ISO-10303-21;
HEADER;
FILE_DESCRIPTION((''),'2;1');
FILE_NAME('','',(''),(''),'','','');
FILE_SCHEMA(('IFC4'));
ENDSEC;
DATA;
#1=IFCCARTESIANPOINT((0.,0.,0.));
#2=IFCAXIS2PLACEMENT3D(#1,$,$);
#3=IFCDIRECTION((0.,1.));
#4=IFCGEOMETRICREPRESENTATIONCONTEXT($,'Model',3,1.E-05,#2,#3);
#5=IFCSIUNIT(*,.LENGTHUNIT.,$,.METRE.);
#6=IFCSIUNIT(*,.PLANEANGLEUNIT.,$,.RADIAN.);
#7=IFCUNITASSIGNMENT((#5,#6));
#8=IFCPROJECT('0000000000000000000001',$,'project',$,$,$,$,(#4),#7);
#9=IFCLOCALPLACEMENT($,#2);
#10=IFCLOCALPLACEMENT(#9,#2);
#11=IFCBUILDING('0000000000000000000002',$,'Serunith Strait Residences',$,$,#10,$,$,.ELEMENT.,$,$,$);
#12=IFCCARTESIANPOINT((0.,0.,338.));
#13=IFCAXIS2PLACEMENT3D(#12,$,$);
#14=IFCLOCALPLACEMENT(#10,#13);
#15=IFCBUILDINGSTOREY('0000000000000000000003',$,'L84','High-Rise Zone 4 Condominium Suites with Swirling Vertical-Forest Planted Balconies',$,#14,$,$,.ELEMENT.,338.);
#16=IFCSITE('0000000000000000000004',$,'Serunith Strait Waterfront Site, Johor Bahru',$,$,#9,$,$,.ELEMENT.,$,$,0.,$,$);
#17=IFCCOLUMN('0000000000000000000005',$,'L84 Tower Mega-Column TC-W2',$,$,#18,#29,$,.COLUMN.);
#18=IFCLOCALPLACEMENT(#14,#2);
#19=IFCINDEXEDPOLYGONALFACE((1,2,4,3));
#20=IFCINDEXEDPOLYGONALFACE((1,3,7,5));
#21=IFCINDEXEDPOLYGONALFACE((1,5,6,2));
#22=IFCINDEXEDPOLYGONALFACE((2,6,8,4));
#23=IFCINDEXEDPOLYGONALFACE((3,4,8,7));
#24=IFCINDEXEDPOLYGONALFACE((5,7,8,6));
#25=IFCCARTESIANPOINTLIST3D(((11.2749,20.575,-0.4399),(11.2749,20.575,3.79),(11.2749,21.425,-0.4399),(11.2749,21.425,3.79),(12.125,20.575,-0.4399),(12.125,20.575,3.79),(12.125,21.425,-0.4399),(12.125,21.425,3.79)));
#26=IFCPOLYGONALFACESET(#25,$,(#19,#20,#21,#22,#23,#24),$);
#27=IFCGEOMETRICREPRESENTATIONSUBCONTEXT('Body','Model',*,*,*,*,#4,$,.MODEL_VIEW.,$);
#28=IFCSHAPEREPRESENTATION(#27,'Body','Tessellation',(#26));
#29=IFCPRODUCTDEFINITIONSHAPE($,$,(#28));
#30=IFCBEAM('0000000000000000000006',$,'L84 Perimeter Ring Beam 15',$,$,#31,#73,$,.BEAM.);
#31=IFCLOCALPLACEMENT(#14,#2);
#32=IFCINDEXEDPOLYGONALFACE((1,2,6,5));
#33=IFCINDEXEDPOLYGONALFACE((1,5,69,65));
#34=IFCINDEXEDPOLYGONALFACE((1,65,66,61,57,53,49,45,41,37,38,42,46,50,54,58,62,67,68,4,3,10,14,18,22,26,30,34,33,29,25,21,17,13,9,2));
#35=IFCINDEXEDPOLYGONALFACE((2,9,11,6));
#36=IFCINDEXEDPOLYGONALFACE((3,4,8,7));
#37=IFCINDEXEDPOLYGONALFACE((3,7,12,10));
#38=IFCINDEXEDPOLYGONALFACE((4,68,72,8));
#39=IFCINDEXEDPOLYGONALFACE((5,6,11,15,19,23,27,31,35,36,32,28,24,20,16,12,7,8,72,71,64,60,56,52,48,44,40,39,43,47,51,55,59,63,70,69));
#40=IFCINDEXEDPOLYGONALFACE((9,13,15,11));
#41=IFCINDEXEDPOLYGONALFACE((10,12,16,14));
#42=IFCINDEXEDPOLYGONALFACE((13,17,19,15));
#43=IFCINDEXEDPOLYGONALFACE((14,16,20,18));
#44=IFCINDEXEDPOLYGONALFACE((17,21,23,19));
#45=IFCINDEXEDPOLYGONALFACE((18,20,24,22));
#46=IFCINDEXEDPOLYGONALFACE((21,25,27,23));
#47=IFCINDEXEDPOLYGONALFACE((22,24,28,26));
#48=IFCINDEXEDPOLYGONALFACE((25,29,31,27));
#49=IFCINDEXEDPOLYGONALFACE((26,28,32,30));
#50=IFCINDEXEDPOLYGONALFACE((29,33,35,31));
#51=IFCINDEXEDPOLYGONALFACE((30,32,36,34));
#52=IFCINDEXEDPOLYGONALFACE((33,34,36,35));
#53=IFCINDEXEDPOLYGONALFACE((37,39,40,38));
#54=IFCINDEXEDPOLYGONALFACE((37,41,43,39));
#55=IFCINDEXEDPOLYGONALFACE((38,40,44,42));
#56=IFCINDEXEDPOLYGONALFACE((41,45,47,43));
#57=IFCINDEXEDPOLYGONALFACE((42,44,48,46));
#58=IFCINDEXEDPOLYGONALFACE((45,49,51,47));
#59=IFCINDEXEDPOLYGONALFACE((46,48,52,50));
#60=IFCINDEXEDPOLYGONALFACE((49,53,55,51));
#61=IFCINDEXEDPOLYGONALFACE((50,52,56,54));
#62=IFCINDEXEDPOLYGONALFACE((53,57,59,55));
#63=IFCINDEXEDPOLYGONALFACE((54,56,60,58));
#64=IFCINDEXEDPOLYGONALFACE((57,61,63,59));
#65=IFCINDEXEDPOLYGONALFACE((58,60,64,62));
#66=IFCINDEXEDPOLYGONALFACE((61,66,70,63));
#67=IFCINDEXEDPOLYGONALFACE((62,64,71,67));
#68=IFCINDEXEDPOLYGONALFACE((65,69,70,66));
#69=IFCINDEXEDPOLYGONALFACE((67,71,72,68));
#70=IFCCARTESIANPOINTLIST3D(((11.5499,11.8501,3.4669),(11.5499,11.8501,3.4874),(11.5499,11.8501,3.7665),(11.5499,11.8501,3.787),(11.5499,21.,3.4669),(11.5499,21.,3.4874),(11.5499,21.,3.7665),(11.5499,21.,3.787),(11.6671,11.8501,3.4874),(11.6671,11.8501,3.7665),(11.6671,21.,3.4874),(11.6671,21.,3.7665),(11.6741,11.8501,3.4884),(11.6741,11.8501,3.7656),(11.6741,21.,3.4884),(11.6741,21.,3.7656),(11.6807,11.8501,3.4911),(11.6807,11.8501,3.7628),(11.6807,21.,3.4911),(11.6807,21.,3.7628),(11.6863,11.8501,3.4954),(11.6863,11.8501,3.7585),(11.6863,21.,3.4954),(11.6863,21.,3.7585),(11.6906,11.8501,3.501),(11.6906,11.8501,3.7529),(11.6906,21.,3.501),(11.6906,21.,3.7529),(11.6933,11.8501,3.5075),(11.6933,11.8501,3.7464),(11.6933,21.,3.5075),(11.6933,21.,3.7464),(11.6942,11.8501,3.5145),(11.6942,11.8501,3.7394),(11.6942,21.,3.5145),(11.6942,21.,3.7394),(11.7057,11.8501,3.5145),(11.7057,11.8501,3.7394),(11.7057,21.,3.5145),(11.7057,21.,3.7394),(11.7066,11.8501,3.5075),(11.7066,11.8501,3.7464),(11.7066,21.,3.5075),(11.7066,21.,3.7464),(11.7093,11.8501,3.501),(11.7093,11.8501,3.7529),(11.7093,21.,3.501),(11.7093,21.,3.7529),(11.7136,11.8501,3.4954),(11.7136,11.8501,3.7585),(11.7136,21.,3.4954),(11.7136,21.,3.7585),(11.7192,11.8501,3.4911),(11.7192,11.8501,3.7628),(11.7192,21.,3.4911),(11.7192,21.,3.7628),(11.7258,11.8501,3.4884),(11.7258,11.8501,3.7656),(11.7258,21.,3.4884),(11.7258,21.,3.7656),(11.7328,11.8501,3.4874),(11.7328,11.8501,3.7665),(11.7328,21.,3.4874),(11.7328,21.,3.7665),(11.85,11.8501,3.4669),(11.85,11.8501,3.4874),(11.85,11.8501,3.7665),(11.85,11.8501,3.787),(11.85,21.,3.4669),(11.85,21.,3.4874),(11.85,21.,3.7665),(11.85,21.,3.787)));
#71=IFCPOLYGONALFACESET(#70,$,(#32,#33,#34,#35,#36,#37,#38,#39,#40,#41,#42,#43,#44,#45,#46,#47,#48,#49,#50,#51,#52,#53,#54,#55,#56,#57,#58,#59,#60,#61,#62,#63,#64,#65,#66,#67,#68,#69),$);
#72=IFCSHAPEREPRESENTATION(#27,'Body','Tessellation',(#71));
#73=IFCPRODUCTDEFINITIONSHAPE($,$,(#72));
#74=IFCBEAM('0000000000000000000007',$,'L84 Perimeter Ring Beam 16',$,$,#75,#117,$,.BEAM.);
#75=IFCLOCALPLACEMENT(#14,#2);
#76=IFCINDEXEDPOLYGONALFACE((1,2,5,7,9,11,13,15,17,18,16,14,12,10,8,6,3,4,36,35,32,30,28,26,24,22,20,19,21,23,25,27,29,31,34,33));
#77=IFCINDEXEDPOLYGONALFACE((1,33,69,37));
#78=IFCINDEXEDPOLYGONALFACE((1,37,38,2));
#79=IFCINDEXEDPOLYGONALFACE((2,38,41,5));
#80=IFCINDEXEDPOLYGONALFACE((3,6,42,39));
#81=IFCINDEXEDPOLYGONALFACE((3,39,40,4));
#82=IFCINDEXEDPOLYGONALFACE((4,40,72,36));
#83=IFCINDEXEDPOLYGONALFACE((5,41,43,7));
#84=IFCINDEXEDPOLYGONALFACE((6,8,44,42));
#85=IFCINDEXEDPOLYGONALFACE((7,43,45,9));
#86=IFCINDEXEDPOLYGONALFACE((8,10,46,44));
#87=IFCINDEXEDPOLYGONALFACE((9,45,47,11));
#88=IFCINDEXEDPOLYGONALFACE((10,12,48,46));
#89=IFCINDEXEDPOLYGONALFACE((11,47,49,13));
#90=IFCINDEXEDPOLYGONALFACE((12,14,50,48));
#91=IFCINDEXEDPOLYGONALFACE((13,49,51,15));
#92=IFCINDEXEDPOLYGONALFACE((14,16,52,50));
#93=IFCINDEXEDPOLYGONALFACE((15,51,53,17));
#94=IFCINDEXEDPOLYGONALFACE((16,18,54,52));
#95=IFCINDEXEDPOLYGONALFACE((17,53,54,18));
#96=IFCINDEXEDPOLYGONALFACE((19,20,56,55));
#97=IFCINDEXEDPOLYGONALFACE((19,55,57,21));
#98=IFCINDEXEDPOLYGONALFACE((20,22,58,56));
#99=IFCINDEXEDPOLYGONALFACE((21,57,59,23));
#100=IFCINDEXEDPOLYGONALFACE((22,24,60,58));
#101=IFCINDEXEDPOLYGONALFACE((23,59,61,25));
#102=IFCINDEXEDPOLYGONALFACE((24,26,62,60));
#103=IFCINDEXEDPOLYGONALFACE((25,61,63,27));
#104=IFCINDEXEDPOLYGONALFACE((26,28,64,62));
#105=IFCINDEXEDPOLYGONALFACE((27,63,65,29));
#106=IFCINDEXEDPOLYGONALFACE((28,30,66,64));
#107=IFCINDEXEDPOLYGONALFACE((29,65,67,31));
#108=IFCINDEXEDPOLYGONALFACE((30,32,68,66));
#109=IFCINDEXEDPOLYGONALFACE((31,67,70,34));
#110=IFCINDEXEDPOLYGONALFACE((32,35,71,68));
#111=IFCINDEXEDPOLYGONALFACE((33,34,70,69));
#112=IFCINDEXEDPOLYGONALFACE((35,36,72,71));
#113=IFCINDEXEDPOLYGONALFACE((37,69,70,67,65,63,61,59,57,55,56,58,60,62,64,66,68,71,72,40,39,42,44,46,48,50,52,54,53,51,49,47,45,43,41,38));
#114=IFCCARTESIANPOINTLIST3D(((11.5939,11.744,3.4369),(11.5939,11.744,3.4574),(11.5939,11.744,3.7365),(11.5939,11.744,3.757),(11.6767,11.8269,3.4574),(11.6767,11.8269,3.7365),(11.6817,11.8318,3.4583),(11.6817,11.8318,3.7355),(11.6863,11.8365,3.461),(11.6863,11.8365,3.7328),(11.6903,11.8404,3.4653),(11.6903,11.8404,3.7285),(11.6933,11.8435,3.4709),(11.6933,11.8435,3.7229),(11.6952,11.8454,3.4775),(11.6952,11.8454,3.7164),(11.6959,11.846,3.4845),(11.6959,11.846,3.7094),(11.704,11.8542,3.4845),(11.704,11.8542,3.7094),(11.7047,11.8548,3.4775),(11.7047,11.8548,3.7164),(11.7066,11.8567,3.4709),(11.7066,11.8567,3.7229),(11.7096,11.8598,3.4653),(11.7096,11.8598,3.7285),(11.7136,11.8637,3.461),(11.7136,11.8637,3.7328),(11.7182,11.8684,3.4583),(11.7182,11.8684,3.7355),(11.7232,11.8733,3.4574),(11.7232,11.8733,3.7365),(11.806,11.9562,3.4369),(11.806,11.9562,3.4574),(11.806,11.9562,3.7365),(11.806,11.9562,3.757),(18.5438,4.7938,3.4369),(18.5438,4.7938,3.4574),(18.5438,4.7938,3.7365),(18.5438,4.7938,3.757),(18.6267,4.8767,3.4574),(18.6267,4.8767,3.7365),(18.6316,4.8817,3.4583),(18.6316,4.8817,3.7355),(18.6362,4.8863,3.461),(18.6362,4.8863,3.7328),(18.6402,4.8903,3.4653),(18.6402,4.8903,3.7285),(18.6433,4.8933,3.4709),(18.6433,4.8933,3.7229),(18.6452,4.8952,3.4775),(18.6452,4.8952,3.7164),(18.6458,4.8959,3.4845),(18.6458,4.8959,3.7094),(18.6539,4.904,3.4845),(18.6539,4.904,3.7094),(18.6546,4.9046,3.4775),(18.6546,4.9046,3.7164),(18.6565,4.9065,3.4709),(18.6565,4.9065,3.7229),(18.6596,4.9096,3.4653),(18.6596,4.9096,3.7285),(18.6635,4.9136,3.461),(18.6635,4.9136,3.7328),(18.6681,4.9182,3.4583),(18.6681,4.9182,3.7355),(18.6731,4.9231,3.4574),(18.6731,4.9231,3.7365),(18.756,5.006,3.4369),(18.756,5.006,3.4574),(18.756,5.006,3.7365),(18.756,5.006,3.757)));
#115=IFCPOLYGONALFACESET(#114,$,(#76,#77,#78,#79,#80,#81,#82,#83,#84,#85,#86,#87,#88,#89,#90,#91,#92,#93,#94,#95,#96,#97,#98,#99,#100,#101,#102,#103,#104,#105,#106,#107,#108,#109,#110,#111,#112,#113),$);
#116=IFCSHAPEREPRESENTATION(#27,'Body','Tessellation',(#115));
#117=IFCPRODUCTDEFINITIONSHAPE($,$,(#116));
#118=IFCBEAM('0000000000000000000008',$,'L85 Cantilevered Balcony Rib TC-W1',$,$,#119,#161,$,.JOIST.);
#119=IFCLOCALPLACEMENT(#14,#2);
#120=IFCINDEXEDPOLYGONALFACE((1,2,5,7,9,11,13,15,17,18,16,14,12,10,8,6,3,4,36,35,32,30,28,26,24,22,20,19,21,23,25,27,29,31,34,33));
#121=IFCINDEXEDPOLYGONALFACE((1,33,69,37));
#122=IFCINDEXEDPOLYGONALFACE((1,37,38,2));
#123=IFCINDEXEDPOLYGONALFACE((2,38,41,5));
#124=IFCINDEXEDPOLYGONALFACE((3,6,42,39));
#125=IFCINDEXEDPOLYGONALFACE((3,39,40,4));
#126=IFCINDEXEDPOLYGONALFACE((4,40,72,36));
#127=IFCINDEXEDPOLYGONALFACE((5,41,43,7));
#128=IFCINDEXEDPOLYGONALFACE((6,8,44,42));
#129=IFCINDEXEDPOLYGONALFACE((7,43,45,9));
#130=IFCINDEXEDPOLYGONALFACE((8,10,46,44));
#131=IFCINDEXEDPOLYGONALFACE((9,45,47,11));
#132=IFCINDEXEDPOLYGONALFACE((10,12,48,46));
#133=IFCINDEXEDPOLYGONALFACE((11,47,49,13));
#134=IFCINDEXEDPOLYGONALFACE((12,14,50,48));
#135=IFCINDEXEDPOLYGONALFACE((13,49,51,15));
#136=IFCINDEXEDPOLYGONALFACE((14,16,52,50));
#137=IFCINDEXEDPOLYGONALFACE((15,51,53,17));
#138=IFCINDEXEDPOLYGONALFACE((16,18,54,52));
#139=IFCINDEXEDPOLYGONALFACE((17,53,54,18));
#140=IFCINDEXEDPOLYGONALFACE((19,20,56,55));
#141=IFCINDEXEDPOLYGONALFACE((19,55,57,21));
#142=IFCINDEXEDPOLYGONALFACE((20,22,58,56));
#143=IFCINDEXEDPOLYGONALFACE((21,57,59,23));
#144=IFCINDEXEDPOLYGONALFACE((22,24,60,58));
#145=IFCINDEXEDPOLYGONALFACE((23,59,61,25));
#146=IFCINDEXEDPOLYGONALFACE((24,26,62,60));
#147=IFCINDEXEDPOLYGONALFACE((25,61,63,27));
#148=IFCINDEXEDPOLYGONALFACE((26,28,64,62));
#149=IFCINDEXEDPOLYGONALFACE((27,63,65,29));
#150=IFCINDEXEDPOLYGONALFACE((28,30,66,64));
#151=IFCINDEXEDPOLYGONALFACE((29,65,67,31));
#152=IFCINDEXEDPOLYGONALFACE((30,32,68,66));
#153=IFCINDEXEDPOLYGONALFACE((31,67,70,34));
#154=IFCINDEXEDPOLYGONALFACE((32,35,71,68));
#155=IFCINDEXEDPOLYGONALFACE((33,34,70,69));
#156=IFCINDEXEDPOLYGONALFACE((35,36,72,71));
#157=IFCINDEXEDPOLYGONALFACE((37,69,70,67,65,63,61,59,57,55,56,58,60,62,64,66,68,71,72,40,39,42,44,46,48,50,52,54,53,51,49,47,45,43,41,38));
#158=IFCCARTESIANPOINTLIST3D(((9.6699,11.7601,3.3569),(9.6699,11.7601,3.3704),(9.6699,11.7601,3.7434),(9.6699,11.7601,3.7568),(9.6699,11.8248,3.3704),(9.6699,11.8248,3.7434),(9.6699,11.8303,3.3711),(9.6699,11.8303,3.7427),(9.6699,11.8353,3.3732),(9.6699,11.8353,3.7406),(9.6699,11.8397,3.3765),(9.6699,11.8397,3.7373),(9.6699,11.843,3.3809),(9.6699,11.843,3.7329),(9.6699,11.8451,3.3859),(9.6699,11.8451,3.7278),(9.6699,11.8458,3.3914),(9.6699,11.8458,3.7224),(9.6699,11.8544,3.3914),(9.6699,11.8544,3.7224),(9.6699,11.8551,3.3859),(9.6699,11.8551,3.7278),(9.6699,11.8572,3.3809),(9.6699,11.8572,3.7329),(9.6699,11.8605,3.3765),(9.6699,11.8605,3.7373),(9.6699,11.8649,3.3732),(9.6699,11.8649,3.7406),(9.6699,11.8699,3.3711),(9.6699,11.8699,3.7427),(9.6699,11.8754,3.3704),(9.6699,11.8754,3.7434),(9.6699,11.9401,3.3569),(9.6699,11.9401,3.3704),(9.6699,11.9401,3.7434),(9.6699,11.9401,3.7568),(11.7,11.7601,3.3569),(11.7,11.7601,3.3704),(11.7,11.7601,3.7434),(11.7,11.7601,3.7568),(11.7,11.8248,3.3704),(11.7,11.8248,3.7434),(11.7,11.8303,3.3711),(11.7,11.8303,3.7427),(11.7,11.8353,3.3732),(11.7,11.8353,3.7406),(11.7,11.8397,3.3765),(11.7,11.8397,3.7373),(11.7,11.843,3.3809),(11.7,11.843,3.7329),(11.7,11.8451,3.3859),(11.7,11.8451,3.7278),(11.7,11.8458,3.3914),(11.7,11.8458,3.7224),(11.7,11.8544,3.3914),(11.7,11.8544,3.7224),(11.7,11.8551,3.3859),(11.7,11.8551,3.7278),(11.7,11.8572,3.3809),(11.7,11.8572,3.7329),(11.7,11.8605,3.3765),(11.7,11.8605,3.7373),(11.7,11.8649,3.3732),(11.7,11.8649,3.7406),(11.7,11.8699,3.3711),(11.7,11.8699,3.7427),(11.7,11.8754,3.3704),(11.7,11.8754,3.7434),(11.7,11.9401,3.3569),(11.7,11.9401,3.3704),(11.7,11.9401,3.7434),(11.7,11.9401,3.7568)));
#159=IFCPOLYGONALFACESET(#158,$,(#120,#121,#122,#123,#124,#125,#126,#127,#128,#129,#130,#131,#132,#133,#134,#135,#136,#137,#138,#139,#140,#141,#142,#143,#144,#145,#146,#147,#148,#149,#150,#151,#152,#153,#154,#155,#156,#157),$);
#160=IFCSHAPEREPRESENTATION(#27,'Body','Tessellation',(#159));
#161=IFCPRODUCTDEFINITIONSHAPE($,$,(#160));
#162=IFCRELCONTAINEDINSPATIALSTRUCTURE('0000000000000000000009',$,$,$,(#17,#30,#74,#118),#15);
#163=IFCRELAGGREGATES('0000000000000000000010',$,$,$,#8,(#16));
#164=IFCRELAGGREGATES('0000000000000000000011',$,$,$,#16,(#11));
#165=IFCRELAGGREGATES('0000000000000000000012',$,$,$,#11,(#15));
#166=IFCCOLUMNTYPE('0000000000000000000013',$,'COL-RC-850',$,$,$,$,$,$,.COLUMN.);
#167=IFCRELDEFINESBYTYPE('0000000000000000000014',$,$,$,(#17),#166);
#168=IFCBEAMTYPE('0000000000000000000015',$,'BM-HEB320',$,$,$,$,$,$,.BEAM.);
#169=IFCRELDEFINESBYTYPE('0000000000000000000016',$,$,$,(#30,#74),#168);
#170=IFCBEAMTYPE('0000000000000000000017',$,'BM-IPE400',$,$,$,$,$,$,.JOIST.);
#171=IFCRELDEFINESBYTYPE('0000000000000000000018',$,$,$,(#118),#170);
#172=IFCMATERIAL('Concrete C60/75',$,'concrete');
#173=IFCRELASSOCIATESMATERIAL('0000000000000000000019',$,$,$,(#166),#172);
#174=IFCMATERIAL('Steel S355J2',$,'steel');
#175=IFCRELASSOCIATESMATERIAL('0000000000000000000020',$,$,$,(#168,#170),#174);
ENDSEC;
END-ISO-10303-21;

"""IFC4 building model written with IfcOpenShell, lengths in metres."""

from ifc_helpers import new_model, si_unit, direction, frame, origin, origin_2d, place, context, subcontext, project, spatial, rectangle, i_section, extrude, source, transform, mapped, material, material_profile, profile_set, type_object, element, save


model = new_model("IFC4")

# Units and contexts
model_context = context("Model", 3, precision=1e-05, world=origin(), true_north=direction((0.0, 1.0)))
body_context = subcontext(model_context, "Body", "Model", "MODEL_VIEW")
ifc_project = project(units=[si_unit("LENGTHUNIT", "METRE"), si_unit("PLANEANGLEUNIT", "RADIAN")], contexts=[model_context])

# Site, building, storey
site_placement = place(None, origin())
site = spatial("IfcSite", under=ifc_project, at=site_placement, Name="Serunith Strait Waterfront Site, Johor Bahru", CompositionType="ELEMENT", RefElevation=0.0)
building_placement = place(site_placement, origin())
building = spatial("IfcBuilding", under=site, at=building_placement, Name="Serunith Strait Residences", CompositionType="ELEMENT")
storey_placement = place(building_placement, frame((0.0, 0.0, 338.0)))
storey = spatial("IfcBuildingStorey", under=building, at=storey_placement, Name="L84", Description="High-Rise Zone 4 Condominium Suites with Swirling Vertical-Forest Planted Balconies", CompositionType="ELEMENT", Elevation=338.0)

# Column
ifc_material_1 = material(Name="Concrete C60/75", Category="concrete")
ifc_material_profile_1 = material_profile(ifc_material_1, rectangle(XDim=0.8501, YDim=0.8501, at=origin_2d()), Name="RC 850x850")
ifc_profile_set_1 = profile_set([ifc_material_profile_1], Name="Concrete C60/75")
column_type = type_object("IfcColumnType", Name="COL-RC-850", PredefinedType="COLUMN", material=ifc_profile_set_1)
shared_shape_1 = source(origin(), body_context, "Body", "SweptSolid", [
    extrude(rectangle(XDim=0.8501, YDim=0.8501, at=origin_2d()), origin(), (0.0, 0.0, 1.0), 4.23),
])
column_placement = place(storey_placement, frame((11.7, 21.0, -0.4399), z_axis=(0.0, 0.0, 1.0), x_axis=(1.0, 0.0, 0.0)))
element("IfcColumn", 1, at=column_placement, inside=storey, type_object=column_type, Name="L84 Tower Mega-Column TC-W2", PredefinedType="COLUMN", context=body_context, shape_type="MappedRepresentation", body=[
    mapped(shared_shape_1, transform((0.0, 0.0, 0.0), scale=1.0)),
])

# Beams
ifc_material_2 = material(Name="Steel S355J2", Category="steel")
ifc_material_profile_2 = material_profile(ifc_material_2, i_section(OverallWidth=0.3, OverallDepth=0.3201, WebThickness=0.0115, FlangeThickness=0.0205, FilletRadius=0.0271, at=origin_2d()), Name="HEB 320")
ifc_profile_set_2 = profile_set([ifc_material_profile_2], Name="Steel S355J2")
beam_type_1 = type_object("IfcBeamType", Name="BM-HEB320", PredefinedType="BEAM", material=ifc_profile_set_2)
shared_shape_2 = source(origin(), body_context, "Body", "SweptSolid", [
    extrude(i_section(OverallWidth=0.3, OverallDepth=0.3201, WebThickness=0.0115, FlangeThickness=0.0205, FilletRadius=0.0271, at=origin_2d()), origin(), (0.0, 0.0, 1.0), 9.1499),
])
beam_1_placement = place(storey_placement, frame((11.7, 21.0, 3.627), z_axis=(0.0, -1.0, 0.0), x_axis=(1.0, 0.0, 0.0)))
element("IfcBeam", 2, at=beam_1_placement, inside=storey, type_object=beam_type_1, Name="L84 Perimeter Ring Beam 15", PredefinedType="BEAM", context=body_context, shape_type="MappedRepresentation", body=[
    mapped(shared_shape_2, transform((0.0, 0.0, 0.0), scale=1.0)),
])
shared_shape_3 = source(origin(), body_context, "Body", "SweptSolid", [
    extrude(i_section(OverallWidth=0.3, OverallDepth=0.3201, WebThickness=0.0115, FlangeThickness=0.0205, FilletRadius=0.0271, at=origin_2d()), origin(), (0.0, 0.0, 1.0), 9.8289),
])
beam_2_placement = place(storey_placement, frame((11.7, 11.8501, 3.5969), z_axis=(0.707094, -0.707119, 0.0), x_axis=(0.707119, 0.707094, 0.0)))
element("IfcBeam", 3, at=beam_2_placement, inside=storey, type_object=beam_type_1, Name="L84 Perimeter Ring Beam 16", PredefinedType="BEAM", context=body_context, shape_type="MappedRepresentation", body=[
    mapped(shared_shape_3, transform((0.0, 0.0, 0.0), scale=1.0)),
])
ifc_material_profile_3 = material_profile(ifc_material_2, i_section(OverallWidth=0.1799, OverallDepth=0.3999, WebThickness=0.0085, FlangeThickness=0.0134, FilletRadius=0.021, at=origin_2d()), Name="IPE 400")
ifc_profile_set_3 = profile_set([ifc_material_profile_3], Name="Steel S355J2")
beam_type_2 = type_object("IfcBeamType", Name="BM-IPE400", PredefinedType="JOIST", material=ifc_profile_set_3)
shared_shape_4 = source(origin(), body_context, "Body", "SweptSolid", [
    extrude(i_section(OverallWidth=0.1799, OverallDepth=0.3999, WebThickness=0.0085, FlangeThickness=0.0134, FilletRadius=0.021, at=origin_2d()), origin(), (0.0, 0.0, 1.0), 2.03),
])
for number, where, z_axis, x_axis, name in (
    (4, (11.7, 11.8501, 3.5569), (-1.0, 0.0, 0.0), (0.0, -1.0, 0.0), "L85 Cantilevered Balcony Rib TC-W1"),
):
    element("IfcBeam", number, at=place(storey_placement, frame(where, z_axis=z_axis, x_axis=x_axis)), inside=storey, type_object=beam_type_2, Name=name, PredefinedType="JOIST", context=body_context, shape_type="MappedRepresentation", body=[
        mapped(shared_shape_4, transform((0.0, 0.0, 0.0), scale=1.0)),
    ])

save(model, "model.ifc")
